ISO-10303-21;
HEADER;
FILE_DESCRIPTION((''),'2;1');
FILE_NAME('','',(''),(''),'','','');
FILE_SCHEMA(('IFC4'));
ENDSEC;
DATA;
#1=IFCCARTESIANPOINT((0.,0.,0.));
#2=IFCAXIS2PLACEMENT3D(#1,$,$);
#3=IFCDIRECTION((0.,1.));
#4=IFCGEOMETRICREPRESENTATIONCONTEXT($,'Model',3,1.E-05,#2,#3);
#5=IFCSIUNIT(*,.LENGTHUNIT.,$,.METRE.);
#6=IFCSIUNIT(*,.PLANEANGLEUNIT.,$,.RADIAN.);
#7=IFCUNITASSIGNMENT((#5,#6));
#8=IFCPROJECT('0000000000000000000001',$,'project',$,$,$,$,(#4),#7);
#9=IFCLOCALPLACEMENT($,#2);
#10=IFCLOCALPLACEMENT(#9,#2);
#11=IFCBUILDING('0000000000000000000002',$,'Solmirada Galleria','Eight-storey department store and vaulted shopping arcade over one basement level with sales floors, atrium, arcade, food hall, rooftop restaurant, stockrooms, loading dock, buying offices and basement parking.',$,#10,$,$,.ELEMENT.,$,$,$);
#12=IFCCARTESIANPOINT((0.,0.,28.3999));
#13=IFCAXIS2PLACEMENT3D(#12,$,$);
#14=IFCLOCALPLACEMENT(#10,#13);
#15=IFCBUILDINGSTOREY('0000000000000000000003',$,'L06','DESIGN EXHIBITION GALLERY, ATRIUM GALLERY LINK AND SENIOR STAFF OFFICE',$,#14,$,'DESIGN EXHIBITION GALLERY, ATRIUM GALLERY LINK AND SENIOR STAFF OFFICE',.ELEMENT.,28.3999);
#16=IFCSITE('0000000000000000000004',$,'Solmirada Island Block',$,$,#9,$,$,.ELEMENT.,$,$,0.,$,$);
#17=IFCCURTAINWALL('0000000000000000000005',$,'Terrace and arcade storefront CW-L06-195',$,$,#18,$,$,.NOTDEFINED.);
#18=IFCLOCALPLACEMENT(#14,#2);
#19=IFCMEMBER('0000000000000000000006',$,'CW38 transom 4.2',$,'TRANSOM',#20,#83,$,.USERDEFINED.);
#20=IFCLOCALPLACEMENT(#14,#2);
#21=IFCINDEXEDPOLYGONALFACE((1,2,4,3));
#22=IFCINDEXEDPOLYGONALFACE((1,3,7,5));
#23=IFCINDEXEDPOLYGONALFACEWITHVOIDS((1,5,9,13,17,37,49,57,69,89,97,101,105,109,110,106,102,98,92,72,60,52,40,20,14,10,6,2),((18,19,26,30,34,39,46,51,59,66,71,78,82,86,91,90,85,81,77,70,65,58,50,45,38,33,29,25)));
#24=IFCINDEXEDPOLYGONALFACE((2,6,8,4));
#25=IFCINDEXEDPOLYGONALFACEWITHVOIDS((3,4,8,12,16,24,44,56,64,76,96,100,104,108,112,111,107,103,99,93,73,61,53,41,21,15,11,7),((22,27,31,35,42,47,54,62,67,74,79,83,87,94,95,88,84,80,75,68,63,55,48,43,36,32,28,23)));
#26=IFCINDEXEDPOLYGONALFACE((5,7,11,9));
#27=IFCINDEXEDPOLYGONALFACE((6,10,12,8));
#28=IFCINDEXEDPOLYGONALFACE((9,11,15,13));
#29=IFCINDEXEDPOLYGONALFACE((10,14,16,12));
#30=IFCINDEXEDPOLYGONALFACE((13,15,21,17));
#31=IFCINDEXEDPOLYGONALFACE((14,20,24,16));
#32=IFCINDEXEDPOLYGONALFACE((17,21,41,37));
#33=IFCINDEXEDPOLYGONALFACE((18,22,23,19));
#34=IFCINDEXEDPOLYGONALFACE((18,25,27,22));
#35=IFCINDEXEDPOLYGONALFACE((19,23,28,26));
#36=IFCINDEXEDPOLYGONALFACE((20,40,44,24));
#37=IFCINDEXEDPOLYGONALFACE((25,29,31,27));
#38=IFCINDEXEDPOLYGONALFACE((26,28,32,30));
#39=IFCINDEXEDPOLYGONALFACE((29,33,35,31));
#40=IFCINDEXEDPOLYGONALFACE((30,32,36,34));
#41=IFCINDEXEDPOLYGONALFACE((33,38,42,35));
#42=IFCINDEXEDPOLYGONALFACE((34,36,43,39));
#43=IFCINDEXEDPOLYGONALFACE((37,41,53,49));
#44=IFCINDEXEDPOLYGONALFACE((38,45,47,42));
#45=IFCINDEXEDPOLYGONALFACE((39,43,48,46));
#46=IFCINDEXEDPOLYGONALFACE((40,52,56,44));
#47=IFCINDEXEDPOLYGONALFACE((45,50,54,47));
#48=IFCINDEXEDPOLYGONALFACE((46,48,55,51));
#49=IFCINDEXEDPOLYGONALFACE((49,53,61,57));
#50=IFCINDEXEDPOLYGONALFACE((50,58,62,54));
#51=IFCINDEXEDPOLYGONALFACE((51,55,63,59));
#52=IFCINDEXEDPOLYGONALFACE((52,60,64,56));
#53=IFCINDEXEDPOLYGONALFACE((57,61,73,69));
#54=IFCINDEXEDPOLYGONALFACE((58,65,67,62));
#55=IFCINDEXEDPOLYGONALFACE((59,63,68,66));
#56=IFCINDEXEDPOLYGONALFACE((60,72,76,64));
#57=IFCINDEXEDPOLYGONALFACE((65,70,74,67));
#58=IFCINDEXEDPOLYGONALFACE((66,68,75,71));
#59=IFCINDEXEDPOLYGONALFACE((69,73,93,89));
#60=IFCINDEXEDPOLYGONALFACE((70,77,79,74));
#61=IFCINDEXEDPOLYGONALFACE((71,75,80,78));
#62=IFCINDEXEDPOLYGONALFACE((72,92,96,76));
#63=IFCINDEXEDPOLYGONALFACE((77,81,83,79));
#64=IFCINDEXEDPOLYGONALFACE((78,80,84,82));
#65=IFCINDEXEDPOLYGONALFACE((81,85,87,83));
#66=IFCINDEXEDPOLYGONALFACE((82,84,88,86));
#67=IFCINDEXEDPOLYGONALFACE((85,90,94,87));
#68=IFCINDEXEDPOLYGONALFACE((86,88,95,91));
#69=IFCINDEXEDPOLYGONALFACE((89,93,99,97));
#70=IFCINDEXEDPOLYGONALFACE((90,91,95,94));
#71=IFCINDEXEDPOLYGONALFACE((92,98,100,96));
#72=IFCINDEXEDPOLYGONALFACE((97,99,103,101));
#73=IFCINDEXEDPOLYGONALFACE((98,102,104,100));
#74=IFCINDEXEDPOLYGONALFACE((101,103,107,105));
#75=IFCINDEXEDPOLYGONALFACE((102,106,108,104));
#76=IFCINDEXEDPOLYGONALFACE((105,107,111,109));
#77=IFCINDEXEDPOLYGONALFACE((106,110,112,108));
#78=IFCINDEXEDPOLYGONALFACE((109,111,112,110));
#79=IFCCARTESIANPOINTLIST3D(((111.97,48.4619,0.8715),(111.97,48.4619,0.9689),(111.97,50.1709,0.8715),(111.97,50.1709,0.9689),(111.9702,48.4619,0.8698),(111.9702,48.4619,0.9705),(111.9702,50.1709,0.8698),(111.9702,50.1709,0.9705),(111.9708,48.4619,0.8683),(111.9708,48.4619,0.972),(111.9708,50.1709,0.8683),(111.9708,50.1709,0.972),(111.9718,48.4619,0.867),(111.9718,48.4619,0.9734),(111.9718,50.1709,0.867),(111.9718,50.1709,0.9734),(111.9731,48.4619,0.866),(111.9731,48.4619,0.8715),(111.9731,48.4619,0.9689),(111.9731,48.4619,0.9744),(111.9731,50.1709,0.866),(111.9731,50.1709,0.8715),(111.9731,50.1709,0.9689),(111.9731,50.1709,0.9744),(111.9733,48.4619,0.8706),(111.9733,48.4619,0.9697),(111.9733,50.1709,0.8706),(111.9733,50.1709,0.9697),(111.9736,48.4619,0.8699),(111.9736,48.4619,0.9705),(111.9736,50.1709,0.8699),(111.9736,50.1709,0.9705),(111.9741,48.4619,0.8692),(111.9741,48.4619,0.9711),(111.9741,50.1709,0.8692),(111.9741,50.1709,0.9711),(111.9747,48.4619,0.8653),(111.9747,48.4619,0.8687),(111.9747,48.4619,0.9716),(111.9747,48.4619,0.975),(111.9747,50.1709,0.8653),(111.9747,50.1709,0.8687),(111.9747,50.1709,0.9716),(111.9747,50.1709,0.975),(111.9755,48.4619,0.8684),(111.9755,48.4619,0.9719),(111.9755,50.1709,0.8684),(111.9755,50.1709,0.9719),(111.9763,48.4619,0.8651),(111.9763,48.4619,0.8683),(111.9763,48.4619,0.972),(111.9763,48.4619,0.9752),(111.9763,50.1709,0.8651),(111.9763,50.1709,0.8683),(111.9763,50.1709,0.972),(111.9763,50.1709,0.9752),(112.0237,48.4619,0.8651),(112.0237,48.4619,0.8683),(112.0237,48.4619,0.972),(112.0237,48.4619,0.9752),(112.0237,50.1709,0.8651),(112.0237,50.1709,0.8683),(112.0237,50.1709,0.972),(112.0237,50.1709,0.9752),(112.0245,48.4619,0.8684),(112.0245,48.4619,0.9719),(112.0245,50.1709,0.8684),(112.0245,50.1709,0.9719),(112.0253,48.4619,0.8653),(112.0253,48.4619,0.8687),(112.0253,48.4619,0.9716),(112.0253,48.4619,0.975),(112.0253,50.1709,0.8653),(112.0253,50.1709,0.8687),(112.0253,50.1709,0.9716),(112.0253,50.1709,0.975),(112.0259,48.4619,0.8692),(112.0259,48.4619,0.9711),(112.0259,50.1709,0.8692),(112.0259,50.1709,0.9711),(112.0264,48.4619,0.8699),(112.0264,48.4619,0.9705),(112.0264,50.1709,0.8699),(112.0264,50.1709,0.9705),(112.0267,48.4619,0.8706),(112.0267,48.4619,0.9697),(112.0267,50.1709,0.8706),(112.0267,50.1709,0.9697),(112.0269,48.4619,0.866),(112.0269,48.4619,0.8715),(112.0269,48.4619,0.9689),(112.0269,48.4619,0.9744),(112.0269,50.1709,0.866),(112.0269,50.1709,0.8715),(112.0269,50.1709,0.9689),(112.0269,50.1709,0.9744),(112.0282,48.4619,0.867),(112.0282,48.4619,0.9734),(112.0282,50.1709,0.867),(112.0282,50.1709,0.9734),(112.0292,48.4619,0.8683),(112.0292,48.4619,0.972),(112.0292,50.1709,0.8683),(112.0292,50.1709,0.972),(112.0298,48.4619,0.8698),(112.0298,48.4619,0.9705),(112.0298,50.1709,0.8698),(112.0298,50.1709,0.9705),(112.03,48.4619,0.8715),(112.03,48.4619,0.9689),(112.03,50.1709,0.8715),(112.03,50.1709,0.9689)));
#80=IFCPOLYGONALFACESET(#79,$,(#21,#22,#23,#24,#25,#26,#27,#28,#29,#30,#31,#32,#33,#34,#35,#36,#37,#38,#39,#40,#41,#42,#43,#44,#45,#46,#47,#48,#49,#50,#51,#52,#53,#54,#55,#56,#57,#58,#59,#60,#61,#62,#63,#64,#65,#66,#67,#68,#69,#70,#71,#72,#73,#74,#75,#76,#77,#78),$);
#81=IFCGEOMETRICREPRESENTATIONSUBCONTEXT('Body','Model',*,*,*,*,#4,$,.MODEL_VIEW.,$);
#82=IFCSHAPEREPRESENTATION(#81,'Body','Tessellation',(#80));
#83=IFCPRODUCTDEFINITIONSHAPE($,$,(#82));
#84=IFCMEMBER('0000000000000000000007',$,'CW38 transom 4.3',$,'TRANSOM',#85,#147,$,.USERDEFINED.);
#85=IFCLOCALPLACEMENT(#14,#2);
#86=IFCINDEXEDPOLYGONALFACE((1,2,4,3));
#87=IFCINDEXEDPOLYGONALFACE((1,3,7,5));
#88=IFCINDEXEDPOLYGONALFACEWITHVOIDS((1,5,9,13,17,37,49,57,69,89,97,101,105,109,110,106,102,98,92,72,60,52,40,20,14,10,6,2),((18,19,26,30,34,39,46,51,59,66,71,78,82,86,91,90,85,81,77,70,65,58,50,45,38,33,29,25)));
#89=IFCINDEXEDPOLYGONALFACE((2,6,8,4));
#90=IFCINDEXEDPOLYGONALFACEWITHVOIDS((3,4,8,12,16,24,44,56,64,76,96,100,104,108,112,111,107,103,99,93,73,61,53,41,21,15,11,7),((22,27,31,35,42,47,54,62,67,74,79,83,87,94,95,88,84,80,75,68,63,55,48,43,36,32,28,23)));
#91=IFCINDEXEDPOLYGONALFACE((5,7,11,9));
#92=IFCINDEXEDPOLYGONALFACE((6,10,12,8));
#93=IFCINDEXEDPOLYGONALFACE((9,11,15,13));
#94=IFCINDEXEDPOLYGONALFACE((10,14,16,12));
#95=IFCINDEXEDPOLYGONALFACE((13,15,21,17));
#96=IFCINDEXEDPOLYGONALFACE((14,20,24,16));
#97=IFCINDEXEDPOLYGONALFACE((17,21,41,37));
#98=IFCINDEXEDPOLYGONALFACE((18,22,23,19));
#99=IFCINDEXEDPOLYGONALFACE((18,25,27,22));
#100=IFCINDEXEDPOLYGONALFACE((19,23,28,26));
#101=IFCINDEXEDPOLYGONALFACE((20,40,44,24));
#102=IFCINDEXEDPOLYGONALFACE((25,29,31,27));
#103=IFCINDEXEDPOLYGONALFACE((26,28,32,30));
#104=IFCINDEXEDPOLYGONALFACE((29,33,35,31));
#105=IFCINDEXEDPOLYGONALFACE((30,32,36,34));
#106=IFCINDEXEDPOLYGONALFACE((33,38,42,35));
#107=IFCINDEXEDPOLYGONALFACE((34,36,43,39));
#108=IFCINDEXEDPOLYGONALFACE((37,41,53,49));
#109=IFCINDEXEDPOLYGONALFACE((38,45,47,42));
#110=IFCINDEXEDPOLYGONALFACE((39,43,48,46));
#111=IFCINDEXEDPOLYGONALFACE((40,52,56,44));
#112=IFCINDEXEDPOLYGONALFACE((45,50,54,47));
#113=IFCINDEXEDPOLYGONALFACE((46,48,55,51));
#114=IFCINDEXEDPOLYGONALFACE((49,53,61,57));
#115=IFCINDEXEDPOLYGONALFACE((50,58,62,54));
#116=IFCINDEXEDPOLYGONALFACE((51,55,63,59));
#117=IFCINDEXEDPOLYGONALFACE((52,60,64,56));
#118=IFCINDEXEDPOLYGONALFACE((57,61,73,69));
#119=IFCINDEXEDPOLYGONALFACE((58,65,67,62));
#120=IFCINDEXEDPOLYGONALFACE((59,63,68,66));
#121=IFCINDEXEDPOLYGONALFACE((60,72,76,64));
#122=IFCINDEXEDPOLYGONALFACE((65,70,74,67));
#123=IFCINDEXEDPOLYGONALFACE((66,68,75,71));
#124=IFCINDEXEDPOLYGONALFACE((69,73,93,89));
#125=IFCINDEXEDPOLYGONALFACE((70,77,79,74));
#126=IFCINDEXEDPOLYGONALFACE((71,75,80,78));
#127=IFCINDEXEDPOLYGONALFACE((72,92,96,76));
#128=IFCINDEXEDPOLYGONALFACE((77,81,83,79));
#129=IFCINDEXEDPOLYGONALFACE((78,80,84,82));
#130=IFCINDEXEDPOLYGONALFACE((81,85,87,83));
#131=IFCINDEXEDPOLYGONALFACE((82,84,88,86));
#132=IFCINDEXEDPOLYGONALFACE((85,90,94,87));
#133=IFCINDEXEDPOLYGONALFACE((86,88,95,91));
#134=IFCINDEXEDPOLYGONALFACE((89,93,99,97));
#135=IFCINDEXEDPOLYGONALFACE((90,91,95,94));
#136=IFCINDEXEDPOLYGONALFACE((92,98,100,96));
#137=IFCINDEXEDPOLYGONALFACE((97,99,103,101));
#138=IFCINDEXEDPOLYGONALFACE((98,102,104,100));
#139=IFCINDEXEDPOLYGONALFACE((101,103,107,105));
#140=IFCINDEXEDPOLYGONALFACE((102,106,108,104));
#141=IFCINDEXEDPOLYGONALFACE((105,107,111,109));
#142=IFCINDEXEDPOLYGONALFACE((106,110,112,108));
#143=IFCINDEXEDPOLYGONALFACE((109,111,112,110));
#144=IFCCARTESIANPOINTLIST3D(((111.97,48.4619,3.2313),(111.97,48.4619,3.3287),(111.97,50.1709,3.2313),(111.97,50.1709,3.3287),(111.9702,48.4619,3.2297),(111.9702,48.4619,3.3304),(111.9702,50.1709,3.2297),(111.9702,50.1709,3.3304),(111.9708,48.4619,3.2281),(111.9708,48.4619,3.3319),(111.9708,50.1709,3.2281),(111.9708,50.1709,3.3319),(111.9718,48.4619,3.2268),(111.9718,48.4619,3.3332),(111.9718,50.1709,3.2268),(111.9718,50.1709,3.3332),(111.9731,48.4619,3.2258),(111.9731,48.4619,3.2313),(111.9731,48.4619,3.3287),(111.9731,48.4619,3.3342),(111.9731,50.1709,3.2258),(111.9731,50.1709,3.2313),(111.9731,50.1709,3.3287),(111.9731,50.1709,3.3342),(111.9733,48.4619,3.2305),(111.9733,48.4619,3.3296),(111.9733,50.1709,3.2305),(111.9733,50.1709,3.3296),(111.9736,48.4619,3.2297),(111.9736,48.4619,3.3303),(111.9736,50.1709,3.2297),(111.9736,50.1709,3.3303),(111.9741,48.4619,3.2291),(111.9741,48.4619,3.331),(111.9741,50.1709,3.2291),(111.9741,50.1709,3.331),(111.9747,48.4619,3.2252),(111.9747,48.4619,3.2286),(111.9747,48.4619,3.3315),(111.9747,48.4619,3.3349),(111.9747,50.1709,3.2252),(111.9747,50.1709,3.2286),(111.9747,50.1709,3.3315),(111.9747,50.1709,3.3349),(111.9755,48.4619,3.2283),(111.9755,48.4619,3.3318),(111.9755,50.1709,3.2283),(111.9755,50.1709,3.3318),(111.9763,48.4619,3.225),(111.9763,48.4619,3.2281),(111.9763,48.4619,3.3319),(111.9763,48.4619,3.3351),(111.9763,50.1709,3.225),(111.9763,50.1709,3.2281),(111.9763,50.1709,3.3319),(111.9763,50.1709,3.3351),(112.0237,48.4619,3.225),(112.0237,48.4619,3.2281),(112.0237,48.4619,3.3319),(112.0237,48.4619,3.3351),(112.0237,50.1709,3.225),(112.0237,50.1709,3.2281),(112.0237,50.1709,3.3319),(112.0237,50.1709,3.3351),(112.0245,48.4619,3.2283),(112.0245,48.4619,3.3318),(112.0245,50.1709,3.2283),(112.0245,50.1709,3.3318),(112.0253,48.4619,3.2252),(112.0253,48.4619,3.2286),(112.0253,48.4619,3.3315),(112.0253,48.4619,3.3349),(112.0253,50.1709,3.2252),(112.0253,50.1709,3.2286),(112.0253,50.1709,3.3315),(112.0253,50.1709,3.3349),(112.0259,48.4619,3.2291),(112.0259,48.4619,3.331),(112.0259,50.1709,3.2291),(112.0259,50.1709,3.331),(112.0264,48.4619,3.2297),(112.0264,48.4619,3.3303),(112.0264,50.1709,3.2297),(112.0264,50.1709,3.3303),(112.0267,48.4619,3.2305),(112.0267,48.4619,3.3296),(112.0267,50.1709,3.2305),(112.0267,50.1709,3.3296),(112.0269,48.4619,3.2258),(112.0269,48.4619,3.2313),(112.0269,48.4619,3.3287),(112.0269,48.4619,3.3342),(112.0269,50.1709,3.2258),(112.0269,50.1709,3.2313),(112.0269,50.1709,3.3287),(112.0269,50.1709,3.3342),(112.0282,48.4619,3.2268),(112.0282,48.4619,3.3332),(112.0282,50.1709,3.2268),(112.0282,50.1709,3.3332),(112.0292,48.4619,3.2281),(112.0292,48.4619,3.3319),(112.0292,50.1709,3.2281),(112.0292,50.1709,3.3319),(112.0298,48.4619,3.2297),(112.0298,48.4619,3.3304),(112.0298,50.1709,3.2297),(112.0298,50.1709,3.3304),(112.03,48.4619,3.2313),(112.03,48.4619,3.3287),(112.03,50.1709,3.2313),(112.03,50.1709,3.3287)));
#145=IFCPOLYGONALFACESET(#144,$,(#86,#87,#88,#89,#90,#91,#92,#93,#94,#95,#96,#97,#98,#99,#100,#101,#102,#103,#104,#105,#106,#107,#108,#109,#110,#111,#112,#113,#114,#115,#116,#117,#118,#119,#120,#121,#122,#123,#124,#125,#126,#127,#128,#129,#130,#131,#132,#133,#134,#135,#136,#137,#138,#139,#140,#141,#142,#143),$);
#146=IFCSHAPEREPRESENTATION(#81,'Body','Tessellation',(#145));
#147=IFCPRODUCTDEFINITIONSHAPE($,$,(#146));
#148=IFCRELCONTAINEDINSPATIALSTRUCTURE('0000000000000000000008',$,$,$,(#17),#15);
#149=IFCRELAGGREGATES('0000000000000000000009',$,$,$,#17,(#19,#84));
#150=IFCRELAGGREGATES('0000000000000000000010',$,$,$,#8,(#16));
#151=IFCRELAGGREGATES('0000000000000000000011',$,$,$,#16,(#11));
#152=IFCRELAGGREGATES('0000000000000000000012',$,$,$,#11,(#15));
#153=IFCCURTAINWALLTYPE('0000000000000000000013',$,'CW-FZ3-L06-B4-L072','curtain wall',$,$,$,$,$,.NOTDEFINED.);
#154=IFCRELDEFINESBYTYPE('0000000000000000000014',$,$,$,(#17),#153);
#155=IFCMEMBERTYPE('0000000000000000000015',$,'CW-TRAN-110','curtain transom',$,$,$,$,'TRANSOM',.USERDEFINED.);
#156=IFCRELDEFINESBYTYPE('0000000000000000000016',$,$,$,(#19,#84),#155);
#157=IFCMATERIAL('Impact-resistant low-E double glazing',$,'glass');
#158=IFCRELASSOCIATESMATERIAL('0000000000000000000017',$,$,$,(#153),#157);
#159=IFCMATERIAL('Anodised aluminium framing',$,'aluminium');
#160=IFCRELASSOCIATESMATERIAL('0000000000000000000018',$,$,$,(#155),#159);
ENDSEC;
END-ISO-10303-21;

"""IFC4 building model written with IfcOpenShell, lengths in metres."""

from ifc_helpers import new_model, si_unit, direction, frame, origin, origin_2d, place, context, subcontext, project, spatial, hollow_rectangle, extrude, material, material_profile, profile_set, type_object, element, aggregate, save


model = new_model("IFC4")

# Units and contexts
model_context = context("Model", 3, precision=1e-05, world=origin(), true_north=direction((0.0, 1.0)))
body_context = subcontext(model_context, "Body", "Model", "MODEL_VIEW")
ifc_project = project(units=[si_unit("LENGTHUNIT", "METRE"), si_unit("PLANEANGLEUNIT", "RADIAN")], contexts=[model_context])

# Site, building, storey
site_placement = place(None, origin())
site = spatial("IfcSite", under=ifc_project, at=site_placement, Name="Solmirada Island Block", CompositionType="ELEMENT", RefElevation=0.0)
building_placement = place(site_placement, origin())
building = spatial("IfcBuilding", under=site, at=building_placement, Name="Solmirada Galleria", Description="Eight-storey department store and vaulted shopping arcade over one basement level with sales floors, atrium, arcade, food hall, rooftop restaurant, stockrooms, loading dock, buying offices and basement parking.", CompositionType="ELEMENT")
storey_placement = place(building_placement, frame((0.0, 0.0, 28.3999)))
storey = spatial("IfcBuildingStorey", under=building, at=storey_placement, Name="L06", Description="DESIGN EXHIBITION GALLERY, ATRIUM GALLERY LINK AND SENIOR STAFF OFFICE", LongName="DESIGN EXHIBITION GALLERY, ATRIUM GALLERY LINK AND SENIOR STAFF OFFICE", CompositionType="ELEMENT", Elevation=28.3999)

# Curtain wall
ifc_material_1 = material(Name="Impact-resistant low-E double glazing", Category="glass")
curtain_wall_type = type_object("IfcCurtainWallType", Name="CW-FZ3-L06-B4-L072", Description="curtain wall", PredefinedType="NOTDEFINED", material=ifc_material_1)
curtain_wall_1_placement = place(storey_placement, origin())
curtain_wall_1 = element("IfcCurtainWall", 1, at=curtain_wall_1_placement, inside=storey, type_object=curtain_wall_type, Name="Terrace and arcade storefront CW-L06-195", PredefinedType="NOTDEFINED")
ifc_material_2 = material(Name="Anodised aluminium framing", Category="aluminium")

# Members
ifc_material_profile_1 = material_profile(ifc_material_2, hollow_rectangle(XDim=0.0601, YDim=0.1101, WallThickness=0.0032, InnerFilletRadius=0.0032, OuterFilletRadius=0.0063, at=origin_2d()), Name="ALU-TRAN-110X60")
ifc_profile_set_1 = profile_set([ifc_material_profile_1], Name="Anodised aluminium framing")
member_type_1 = type_object("IfcMemberType", Name="CW-TRAN-110", Description="curtain transom", ElementType="TRANSOM", PredefinedType="USERDEFINED", material=ifc_profile_set_1)
member_1_placement = place(storey_placement, frame((112.0, 50.1709, 0.9202), z_axis=(0.0, -1.0, 0.0), x_axis=(1.0, 0.0, 0.0)))
member_1 = element("IfcMember", 2, at=member_1_placement, type_object=member_type_1, Name="CW38 transom 4.2", ObjectType="TRANSOM", PredefinedType="USERDEFINED", context=body_context, shape_type="SweptSolid", body=[
    extrude(hollow_rectangle(XDim=0.0601, YDim=0.1101, WallThickness=0.0032, InnerFilletRadius=0.0032, OuterFilletRadius=0.0063, at=origin_2d()), origin(), (0.0, 0.0, 1.0), 1.709),
])
member_2_placement = place(storey_placement, frame((112.0, 50.1709, 3.28), z_axis=(0.0, -1.0, 0.0), x_axis=(1.0, 0.0, 0.0)))
member_2 = element("IfcMember", 3, at=member_2_placement, type_object=member_type_1, Name="CW38 transom 4.3", ObjectType="TRANSOM", PredefinedType="USERDEFINED", context=body_context, shape_type="SweptSolid", body=[
    extrude(hollow_rectangle(XDim=0.0601, YDim=0.1101, WallThickness=0.0032, InnerFilletRadius=0.0032, OuterFilletRadius=0.0063, at=origin_2d()), origin(), (0.0, 0.0, 1.0), 1.709),
])

aggregate(curtain_wall_1, [member_1, member_2])

save(model, "model.ifc")
